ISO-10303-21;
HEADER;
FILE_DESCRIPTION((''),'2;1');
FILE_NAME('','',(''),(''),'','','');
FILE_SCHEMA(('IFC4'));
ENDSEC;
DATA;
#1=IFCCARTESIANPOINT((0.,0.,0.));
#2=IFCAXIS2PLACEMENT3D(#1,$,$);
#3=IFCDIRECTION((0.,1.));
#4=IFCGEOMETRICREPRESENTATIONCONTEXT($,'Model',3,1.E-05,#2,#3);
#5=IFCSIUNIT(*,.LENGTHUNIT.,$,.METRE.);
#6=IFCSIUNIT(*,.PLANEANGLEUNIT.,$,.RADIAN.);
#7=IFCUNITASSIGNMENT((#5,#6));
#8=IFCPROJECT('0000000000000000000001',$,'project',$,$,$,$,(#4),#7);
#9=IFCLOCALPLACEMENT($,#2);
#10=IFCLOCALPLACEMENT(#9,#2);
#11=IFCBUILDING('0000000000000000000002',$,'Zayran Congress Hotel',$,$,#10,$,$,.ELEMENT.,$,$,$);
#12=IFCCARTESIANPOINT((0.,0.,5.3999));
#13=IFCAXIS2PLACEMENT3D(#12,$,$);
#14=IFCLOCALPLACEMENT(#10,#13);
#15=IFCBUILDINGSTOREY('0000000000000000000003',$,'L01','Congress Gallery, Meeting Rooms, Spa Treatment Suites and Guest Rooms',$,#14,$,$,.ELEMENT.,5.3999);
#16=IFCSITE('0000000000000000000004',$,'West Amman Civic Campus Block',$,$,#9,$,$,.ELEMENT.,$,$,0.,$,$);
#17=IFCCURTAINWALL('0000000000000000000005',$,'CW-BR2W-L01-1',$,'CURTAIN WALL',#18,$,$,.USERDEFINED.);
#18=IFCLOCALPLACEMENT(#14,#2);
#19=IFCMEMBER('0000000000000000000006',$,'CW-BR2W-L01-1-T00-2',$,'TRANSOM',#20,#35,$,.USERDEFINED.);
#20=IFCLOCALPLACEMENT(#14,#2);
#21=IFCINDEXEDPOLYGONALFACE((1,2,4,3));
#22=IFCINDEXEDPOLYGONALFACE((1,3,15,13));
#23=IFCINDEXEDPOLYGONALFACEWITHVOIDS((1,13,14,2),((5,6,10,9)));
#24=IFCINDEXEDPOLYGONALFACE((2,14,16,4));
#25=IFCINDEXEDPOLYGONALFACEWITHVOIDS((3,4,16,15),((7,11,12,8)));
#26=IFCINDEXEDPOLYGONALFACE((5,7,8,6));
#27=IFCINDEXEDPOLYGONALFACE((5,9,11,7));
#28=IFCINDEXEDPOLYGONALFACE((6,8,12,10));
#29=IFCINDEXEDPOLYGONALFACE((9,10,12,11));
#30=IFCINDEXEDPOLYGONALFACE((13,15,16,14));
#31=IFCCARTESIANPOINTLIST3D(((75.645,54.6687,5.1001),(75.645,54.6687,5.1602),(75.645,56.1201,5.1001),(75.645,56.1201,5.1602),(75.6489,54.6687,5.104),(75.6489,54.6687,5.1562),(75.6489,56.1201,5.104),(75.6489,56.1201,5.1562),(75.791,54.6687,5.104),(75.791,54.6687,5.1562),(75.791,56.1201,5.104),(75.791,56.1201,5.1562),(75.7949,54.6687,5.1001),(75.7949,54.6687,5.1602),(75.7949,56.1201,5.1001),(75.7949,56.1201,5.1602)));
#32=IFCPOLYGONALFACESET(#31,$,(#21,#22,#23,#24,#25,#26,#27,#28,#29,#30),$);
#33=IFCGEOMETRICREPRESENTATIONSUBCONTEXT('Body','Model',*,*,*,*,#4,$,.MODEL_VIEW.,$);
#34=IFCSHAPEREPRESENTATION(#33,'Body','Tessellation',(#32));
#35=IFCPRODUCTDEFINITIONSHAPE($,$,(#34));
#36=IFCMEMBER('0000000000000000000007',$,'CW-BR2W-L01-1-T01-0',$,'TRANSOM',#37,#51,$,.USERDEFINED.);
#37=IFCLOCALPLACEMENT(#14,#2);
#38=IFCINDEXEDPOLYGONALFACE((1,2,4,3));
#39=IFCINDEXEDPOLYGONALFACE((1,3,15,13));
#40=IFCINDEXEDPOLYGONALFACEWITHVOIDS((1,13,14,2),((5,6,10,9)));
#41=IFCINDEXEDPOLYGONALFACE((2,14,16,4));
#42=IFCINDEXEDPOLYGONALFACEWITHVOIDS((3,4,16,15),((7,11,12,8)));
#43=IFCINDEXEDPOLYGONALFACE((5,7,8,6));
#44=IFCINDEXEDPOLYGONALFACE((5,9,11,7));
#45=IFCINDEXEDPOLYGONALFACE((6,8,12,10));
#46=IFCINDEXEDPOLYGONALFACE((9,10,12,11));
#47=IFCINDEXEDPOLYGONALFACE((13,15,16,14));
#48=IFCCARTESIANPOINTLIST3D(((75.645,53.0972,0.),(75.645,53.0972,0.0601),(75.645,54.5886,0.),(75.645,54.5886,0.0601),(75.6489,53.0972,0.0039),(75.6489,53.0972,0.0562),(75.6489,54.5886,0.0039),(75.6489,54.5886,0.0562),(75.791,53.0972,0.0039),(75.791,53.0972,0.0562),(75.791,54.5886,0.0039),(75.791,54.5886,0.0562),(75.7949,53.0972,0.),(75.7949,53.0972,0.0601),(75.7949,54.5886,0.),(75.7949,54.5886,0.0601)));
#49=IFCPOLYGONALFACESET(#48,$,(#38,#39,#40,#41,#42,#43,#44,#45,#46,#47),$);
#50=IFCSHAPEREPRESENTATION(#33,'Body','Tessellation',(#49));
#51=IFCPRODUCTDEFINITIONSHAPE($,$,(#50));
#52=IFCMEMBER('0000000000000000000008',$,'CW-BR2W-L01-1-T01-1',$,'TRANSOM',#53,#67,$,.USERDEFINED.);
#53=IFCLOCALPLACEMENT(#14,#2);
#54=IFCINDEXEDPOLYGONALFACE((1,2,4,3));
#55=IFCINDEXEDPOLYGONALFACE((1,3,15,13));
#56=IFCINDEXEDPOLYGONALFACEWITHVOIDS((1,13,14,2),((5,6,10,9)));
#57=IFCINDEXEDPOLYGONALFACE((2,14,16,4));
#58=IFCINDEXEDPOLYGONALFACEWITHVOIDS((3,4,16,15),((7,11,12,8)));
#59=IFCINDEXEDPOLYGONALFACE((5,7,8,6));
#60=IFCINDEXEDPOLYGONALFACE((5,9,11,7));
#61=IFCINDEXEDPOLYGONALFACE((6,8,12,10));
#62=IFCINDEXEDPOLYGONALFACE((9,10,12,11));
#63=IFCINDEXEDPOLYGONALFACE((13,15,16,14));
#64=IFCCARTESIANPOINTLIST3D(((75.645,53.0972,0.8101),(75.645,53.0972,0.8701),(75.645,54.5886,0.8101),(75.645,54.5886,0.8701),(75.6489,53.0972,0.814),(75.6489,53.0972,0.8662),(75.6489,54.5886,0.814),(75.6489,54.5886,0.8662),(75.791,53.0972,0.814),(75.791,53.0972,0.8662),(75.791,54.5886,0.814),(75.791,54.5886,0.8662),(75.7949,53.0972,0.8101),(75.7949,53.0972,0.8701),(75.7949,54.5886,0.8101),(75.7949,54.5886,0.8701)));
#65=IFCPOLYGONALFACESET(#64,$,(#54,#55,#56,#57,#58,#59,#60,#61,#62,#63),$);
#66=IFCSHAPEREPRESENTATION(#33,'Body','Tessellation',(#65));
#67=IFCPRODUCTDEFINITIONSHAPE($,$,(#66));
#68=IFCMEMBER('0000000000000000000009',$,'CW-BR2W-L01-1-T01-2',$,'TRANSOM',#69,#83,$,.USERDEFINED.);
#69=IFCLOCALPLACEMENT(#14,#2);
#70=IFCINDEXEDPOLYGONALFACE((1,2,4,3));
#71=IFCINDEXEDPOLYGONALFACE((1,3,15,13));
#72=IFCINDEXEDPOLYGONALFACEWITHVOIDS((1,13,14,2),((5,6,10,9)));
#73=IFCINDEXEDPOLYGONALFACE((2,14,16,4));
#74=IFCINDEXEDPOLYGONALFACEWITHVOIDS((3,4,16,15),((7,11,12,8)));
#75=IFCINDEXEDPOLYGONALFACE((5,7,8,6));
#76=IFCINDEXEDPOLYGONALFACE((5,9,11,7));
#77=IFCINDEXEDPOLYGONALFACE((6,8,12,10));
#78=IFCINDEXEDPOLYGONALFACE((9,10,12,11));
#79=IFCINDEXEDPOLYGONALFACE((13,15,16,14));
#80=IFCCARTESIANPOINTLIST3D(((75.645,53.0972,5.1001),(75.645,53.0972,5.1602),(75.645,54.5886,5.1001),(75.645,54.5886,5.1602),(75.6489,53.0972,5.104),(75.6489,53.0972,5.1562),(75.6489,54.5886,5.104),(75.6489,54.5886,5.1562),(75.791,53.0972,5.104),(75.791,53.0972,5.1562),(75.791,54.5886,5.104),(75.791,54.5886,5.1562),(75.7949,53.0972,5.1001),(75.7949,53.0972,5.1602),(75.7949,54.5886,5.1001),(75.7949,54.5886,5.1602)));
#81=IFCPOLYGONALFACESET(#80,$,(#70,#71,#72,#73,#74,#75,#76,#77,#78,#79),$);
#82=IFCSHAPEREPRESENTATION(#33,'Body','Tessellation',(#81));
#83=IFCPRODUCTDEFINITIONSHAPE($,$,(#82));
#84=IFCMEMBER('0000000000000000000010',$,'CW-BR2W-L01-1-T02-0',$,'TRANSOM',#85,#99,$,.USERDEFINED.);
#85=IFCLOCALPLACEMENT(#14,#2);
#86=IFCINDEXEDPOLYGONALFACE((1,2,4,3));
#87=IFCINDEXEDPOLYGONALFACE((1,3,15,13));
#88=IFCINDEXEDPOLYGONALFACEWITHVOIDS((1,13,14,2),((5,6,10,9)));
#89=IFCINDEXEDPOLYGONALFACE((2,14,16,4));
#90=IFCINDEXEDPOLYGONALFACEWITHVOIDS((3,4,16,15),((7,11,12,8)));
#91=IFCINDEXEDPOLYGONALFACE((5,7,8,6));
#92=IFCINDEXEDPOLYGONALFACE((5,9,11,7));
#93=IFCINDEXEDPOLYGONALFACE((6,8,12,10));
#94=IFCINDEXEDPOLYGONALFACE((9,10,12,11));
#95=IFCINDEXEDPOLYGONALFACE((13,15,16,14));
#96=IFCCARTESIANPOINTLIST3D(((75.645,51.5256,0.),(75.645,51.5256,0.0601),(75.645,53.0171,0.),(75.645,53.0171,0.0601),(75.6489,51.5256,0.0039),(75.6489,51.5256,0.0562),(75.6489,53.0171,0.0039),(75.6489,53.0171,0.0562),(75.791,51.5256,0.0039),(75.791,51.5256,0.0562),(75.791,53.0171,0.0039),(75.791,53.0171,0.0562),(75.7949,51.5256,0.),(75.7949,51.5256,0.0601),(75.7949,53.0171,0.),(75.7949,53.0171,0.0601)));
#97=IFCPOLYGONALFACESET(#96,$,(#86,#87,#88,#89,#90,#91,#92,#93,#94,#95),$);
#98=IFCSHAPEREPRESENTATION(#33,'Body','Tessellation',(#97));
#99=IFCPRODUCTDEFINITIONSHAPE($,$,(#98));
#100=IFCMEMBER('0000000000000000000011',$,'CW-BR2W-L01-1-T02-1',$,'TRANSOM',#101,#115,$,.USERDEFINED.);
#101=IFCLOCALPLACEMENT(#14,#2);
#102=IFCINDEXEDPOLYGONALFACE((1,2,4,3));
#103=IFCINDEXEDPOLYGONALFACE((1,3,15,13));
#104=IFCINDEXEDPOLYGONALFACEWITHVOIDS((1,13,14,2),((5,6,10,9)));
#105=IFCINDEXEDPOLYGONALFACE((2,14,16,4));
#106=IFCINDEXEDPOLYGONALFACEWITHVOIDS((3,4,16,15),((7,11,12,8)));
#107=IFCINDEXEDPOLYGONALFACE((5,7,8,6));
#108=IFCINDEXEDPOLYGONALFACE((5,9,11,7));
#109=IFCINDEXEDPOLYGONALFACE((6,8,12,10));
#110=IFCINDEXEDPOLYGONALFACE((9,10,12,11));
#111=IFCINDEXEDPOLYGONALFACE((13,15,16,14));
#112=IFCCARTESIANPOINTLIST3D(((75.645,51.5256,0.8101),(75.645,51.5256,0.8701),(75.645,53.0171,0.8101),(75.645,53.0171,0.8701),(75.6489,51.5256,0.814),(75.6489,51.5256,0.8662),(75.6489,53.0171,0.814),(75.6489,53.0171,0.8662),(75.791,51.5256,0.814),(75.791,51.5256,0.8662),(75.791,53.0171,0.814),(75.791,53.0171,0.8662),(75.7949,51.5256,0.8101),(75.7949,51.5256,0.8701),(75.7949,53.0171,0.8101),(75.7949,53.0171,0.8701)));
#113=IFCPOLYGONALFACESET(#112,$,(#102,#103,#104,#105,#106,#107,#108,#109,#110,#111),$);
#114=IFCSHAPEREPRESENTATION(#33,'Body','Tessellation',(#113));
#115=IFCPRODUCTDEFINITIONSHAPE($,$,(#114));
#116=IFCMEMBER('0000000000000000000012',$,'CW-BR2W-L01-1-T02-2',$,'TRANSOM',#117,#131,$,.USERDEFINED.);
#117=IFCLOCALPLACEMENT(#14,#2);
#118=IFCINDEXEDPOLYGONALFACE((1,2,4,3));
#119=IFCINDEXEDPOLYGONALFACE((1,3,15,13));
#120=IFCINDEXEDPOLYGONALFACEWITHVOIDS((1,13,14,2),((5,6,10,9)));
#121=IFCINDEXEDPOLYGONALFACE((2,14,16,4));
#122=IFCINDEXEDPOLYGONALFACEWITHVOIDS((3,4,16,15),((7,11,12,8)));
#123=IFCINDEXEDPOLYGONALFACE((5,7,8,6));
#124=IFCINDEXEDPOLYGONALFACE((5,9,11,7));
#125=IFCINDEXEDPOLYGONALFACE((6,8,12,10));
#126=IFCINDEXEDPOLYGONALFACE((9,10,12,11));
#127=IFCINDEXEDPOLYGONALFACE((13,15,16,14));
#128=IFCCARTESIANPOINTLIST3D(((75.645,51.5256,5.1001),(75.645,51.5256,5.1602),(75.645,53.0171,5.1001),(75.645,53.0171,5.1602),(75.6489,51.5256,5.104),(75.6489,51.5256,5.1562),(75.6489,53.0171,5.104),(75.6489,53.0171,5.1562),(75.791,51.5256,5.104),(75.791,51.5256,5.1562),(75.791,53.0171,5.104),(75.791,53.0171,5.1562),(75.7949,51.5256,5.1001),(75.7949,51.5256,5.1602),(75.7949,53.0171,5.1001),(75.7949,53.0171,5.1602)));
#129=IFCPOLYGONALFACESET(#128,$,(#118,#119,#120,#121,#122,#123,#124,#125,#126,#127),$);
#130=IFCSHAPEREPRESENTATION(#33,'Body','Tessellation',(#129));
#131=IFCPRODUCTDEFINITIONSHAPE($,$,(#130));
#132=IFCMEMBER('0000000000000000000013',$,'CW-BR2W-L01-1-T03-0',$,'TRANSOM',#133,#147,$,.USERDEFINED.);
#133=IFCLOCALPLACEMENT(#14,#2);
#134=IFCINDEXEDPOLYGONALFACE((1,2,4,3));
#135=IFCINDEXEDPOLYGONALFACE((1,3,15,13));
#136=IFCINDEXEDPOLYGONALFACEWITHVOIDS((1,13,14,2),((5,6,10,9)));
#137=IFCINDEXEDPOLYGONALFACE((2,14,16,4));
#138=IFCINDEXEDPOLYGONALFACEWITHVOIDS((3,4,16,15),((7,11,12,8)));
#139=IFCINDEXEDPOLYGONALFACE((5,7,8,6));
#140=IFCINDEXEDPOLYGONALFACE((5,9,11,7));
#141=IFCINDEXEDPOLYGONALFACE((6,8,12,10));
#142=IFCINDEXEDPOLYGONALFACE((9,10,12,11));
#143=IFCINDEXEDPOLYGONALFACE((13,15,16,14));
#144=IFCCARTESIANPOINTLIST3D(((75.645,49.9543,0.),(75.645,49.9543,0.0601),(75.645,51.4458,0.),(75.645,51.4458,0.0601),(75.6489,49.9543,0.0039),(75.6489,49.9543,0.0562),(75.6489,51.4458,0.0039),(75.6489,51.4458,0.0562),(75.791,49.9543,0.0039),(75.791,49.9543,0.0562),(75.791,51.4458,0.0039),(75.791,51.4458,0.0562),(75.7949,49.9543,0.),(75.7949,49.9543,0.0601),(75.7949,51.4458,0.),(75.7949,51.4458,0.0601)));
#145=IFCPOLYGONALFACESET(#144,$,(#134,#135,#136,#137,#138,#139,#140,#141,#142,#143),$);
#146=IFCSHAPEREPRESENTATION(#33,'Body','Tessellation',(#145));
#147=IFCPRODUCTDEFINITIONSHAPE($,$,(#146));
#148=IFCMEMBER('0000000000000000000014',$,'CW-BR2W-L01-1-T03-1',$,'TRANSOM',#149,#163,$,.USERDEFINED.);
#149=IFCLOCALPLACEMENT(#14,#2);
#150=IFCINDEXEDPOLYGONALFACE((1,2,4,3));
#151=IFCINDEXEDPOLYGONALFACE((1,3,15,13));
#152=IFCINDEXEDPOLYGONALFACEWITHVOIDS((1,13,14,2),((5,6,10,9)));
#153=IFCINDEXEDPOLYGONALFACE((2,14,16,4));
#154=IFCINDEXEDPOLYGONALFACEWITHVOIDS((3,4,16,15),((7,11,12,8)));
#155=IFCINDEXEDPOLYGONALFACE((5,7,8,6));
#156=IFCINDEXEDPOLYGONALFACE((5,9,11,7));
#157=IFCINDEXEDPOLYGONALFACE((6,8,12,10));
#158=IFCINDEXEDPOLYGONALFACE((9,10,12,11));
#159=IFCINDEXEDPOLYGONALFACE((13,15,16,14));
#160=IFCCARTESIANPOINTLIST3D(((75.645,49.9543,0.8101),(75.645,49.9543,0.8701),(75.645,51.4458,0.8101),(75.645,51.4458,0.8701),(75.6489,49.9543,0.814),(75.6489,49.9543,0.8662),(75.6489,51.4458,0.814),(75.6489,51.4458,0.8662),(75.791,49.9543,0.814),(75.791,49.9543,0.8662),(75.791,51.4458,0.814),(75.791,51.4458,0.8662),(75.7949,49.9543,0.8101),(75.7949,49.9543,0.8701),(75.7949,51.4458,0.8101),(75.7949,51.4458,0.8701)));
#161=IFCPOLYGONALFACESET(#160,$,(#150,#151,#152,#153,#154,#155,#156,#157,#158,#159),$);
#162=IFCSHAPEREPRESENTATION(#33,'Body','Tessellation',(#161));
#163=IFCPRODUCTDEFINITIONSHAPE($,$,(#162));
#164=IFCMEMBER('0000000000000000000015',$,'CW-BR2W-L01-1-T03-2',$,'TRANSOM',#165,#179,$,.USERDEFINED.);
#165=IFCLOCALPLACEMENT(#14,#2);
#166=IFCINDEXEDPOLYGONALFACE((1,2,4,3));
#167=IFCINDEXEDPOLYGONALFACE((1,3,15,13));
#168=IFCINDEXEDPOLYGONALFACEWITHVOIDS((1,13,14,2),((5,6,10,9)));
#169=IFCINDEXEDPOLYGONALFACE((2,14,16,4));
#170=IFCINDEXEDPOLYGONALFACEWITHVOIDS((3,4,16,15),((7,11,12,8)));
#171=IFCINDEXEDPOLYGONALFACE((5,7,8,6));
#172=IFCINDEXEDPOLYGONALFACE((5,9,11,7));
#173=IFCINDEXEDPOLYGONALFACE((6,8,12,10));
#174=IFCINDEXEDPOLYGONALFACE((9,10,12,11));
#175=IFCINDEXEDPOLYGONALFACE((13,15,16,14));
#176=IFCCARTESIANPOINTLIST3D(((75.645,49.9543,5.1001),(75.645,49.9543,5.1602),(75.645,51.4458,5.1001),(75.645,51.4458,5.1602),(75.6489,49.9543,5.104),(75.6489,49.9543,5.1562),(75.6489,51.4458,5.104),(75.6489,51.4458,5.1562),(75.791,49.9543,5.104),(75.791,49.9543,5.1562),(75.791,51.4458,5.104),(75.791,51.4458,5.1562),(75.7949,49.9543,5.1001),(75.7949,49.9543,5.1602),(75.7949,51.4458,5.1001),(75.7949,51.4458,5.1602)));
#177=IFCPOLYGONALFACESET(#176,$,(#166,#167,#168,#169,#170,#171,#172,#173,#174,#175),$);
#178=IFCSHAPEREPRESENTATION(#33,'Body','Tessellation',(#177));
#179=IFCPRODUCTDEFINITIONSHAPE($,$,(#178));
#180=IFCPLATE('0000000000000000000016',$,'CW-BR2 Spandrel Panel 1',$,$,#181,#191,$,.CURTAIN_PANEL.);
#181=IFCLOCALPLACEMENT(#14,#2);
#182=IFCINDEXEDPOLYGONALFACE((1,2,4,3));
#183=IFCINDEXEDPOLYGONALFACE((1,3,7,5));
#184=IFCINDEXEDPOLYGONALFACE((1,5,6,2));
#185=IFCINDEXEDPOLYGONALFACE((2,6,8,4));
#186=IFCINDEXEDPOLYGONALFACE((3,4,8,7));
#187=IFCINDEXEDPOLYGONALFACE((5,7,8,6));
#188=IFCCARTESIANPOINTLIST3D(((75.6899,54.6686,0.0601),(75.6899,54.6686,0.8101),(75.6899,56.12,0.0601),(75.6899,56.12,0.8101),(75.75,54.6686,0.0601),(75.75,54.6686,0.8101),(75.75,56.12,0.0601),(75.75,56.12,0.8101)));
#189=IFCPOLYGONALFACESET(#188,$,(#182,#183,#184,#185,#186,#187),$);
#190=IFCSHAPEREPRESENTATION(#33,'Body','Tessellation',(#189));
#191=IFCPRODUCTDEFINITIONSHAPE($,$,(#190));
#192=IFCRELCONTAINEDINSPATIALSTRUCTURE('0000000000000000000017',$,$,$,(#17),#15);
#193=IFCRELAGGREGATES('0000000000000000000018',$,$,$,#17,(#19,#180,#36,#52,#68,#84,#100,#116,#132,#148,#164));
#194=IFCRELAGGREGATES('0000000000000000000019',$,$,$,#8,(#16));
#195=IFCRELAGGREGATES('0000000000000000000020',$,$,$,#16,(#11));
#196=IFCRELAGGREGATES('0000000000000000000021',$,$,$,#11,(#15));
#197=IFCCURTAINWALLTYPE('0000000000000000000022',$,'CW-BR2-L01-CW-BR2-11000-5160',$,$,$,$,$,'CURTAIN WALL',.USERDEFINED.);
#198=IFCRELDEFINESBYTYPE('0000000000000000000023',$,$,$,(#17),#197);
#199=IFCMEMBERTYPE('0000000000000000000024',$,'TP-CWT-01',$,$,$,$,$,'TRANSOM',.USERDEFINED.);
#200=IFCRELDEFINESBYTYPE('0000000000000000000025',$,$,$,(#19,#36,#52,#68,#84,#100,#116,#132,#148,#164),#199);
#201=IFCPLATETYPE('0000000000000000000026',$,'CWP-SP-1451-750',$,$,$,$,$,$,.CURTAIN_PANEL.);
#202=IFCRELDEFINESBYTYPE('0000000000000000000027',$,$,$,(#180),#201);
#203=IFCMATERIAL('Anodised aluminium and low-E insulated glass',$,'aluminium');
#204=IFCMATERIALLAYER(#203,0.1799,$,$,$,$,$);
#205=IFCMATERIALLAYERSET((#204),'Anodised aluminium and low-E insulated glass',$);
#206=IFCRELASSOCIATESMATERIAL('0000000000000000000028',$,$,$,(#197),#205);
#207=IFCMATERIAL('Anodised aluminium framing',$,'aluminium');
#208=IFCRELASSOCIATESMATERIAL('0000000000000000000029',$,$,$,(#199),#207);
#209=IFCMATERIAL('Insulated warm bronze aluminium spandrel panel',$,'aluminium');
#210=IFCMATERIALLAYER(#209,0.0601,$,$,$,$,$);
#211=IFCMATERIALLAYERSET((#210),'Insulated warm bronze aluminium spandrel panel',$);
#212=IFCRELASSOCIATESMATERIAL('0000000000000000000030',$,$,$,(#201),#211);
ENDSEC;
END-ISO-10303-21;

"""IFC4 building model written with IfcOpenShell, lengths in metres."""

from ifc_helpers import new_model, si_unit, direction, frame, origin, origin_2d, place, context, subcontext, project, spatial, rectangle, hollow_rectangle, extrude, material, layer, layer_set, material_profile, profile_set, type_object, element, aggregate, save


model = new_model("IFC4")

# Units and contexts
model_context = context("Model", 3, precision=1e-05, world=origin(), true_north=direction((0.0, 1.0)))
body_context = subcontext(model_context, "Body", "Model", "MODEL_VIEW")
ifc_project = project(units=[si_unit("LENGTHUNIT", "METRE"), si_unit("PLANEANGLEUNIT", "RADIAN")], contexts=[model_context])

# Site, building, storey
site_placement = place(None, origin())
site = spatial("IfcSite", under=ifc_project, at=site_placement, Name="West Amman Civic Campus Block", CompositionType="ELEMENT", RefElevation=0.0)
building_placement = place(site_placement, origin())
building = spatial("IfcBuilding", under=site, at=building_placement, Name="Zayran Congress Hotel", CompositionType="ELEMENT")
storey_placement = place(building_placement, frame((0.0, 0.0, 5.3999)))
storey = spatial("IfcBuildingStorey", under=building, at=storey_placement, Name="L01", Description="Congress Gallery, Meeting Rooms, Spa Treatment Suites and Guest Rooms", CompositionType="ELEMENT", Elevation=5.3999)

# Curtain wall
ifc_material_1 = material(Name="Anodised aluminium and low-E insulated glass", Category="aluminium")
ifc_layer_1 = layer(ifc_material_1, 0.1799)
ifc_layer_set_1 = layer_set([ifc_layer_1], Name="Anodised aluminium and low-E insulated glass")
curtain_wall_type_1 = type_object("IfcCurtainWallType", Name="CW-BR2-L01-CW-BR2-11000-5160", ElementType="CURTAIN WALL", PredefinedType="USERDEFINED", material=ifc_layer_set_1)
curtain_wall_1_placement = place(storey_placement, origin())
curtain_wall_1 = element("IfcCurtainWall", 1, at=curtain_wall_1_placement, inside=storey, type_object=curtain_wall_type_1, Name="CW-BR2W-L01-1", ObjectType="CURTAIN WALL", PredefinedType="USERDEFINED")
ifc_material_2 = material(Name="Anodised aluminium framing", Category="aluminium")

# Members
ifc_material_profile_1 = material_profile(ifc_material_2, hollow_rectangle(XDim=0.0601, YDim=0.1499, WallThickness=0.0039, at=origin_2d()), Name="RHS 150x60x4")
ifc_profile_set_1 = profile_set([ifc_material_profile_1], Name="Anodised aluminium framing")
member_type_1 = type_object("IfcMemberType", Name="TP-CWT-01", ElementType="TRANSOM", PredefinedType="USERDEFINED", material=ifc_profile_set_1)
member_1_placement = place(storey_placement, frame((75.72, 56.1201, 5.1301), z_axis=(0.0, -1.0, 0.0), x_axis=(0.0, 0.0, 1.0)))
member_1 = element("IfcMember", 2, at=member_1_placement, type_object=member_type_1, Name="CW-BR2W-L01-1-T00-2", ObjectType="TRANSOM", PredefinedType="USERDEFINED", context=body_context, shape_type="SweptSolid", body=[
    extrude(hollow_rectangle(XDim=0.0601, YDim=0.1499, WallThickness=0.0039, at=origin_2d()), origin(), (0.0, 0.0, 1.0), 1.4514),
])
member_2_placement = place(storey_placement, frame((75.72, 54.5886, 0.03), z_axis=(0.0, -1.0, 0.0), x_axis=(0.0, 0.0, 1.0)))
member_2 = element("IfcMember", 3, at=member_2_placement, type_object=member_type_1, Name="CW-BR2W-L01-1-T01-0", ObjectType="TRANSOM", PredefinedType="USERDEFINED", context=body_context, shape_type="SweptSolid", body=[
    extrude(hollow_rectangle(XDim=0.0601, YDim=0.1499, WallThickness=0.0039, at=origin_2d()), origin(), (0.0, 0.0, 1.0), 1.4915),
])
member_3_placement = place(storey_placement, frame((75.72, 54.5886, 0.8401), z_axis=(0.0, -1.0, 0.0), x_axis=(0.0, 0.0, 1.0)))
member_3 = element("IfcMember", 4, at=member_3_placement, type_object=member_type_1, Name="CW-BR2W-L01-1-T01-1", ObjectType="TRANSOM", PredefinedType="USERDEFINED", context=body_context, shape_type="SweptSolid", body=[
    extrude(hollow_rectangle(XDim=0.0601, YDim=0.1499, WallThickness=0.0039, at=origin_2d()), origin(), (0.0, 0.0, 1.0), 1.4915),
])
member_4_placement = place(storey_placement, frame((75.72, 54.5886, 5.1301), z_axis=(0.0, -1.0, 0.0), x_axis=(0.0, 0.0, 1.0)))
member_4 = element("IfcMember", 5, at=member_4_placement, type_object=member_type_1, Name="CW-BR2W-L01-1-T01-2", ObjectType="TRANSOM", PredefinedType="USERDEFINED", context=body_context, shape_type="SweptSolid", body=[
    extrude(hollow_rectangle(XDim=0.0601, YDim=0.1499, WallThickness=0.0039, at=origin_2d()), origin(), (0.0, 0.0, 1.0), 1.4915),
])
member_5_placement = place(storey_placement, frame((75.72, 53.0171, 0.03), z_axis=(0.0, -1.0, 0.0), x_axis=(0.0, 0.0, 1.0)))
member_5 = element("IfcMember", 6, at=member_5_placement, type_object=member_type_1, Name="CW-BR2W-L01-1-T02-0", ObjectType="TRANSOM", PredefinedType="USERDEFINED", context=body_context, shape_type="SweptSolid", body=[
    extrude(hollow_rectangle(XDim=0.0601, YDim=0.1499, WallThickness=0.0039, at=origin_2d()), origin(), (0.0, 0.0, 1.0), 1.4915),
])
member_6_placement = place(storey_placement, frame((75.72, 53.0171, 0.8401), z_axis=(0.0, -1.0, 0.0), x_axis=(0.0, 0.0, 1.0)))
member_6 = element("IfcMember", 7, at=member_6_placement, type_object=member_type_1, Name="CW-BR2W-L01-1-T02-1", ObjectType="TRANSOM", PredefinedType="USERDEFINED", context=body_context, shape_type="SweptSolid", body=[
    extrude(hollow_rectangle(XDim=0.0601, YDim=0.1499, WallThickness=0.0039, at=origin_2d()), origin(), (0.0, 0.0, 1.0), 1.4915),
])
member_7_placement = place(storey_placement, frame((75.72, 53.0171, 5.1301), z_axis=(0.0, -1.0, 0.0), x_axis=(0.0, 0.0, 1.0)))
member_7 = element("IfcMember", 8, at=member_7_placement, type_object=member_type_1, Name="CW-BR2W-L01-1-T02-2", ObjectType="TRANSOM", PredefinedType="USERDEFINED", context=body_context, shape_type="SweptSolid", body=[
    extrude(hollow_rectangle(XDim=0.0601, YDim=0.1499, WallThickness=0.0039, at=origin_2d()), origin(), (0.0, 0.0, 1.0), 1.4915),
])
member_8_placement = place(storey_placement, frame((75.72, 51.4458, 0.03), z_axis=(0.0, -1.0, 0.0), x_axis=(0.0, 0.0, 1.0)))
member_8 = element("IfcMember", 9, at=member_8_placement, type_object=member_type_1, Name="CW-BR2W-L01-1-T03-0", ObjectType="TRANSOM", PredefinedType="USERDEFINED", context=body_context, shape_type="SweptSolid", body=[
    extrude(hollow_rectangle(XDim=0.0601, YDim=0.1499, WallThickness=0.0039, at=origin_2d()), origin(), (0.0, 0.0, 1.0), 1.4915),
])
member_9_placement = place(storey_placement, frame((75.72, 51.4458, 0.8401), z_axis=(0.0, -1.0, 0.0), x_axis=(0.0, 0.0, 1.0)))
member_9 = element("IfcMember", 10, at=member_9_placement, type_object=member_type_1, Name="CW-BR2W-L01-1-T03-1", ObjectType="TRANSOM", PredefinedType="USERDEFINED", context=body_context, shape_type="SweptSolid", body=[
    extrude(hollow_rectangle(XDim=0.0601, YDim=0.1499, WallThickness=0.0039, at=origin_2d()), origin(), (0.0, 0.0, 1.0), 1.4915),
])
member_10_placement = place(storey_placement, frame((75.72, 51.4458, 5.1301), z_axis=(0.0, -1.0, 0.0), x_axis=(0.0, 0.0, 1.0)))
member_10 = element("IfcMember", 11, at=member_10_placement, type_object=member_type_1, Name="CW-BR2W-L01-1-T03-2", ObjectType="TRANSOM", PredefinedType="USERDEFINED", context=body_context, shape_type="SweptSolid", body=[
    extrude(hollow_rectangle(XDim=0.0601, YDim=0.1499, WallThickness=0.0039, at=origin_2d()), origin(), (0.0, 0.0, 1.0), 1.4915),
])

# Plate
ifc_material_3 = material(Name="Insulated warm bronze aluminium spandrel panel", Category="aluminium")
ifc_layer_2 = layer(ifc_material_3, 0.0601)
ifc_layer_set_2 = layer_set([ifc_layer_2], Name="Insulated warm bronze aluminium spandrel panel")
plate_type_1 = type_object("IfcPlateType", Name="CWP-SP-1451-750", PredefinedType="CURTAIN_PANEL", material=ifc_layer_set_2)
plate_1_placement = place(storey_placement, frame((75.72, 55.3943, 0.0601), z_axis=(0.0, 0.0, 1.0), x_axis=(0.0, 1.0, 0.0)))
plate_1 = element("IfcPlate", 12, at=plate_1_placement, type_object=plate_type_1, Name="CW-BR2 Spandrel Panel 1", PredefinedType="CURTAIN_PANEL", context=body_context, shape_type="SweptSolid", body=[
    extrude(rectangle(XDim=1.4514, YDim=0.0601, at=origin_2d()), origin(), (0.0, 0.0, 1.0), 0.75),
])
aggregate(curtain_wall_1, [member_1, plate_1, member_2, member_3, member_4, member_5, member_6, member_7, member_8, member_9, member_10])

save(model, "model.ifc")
